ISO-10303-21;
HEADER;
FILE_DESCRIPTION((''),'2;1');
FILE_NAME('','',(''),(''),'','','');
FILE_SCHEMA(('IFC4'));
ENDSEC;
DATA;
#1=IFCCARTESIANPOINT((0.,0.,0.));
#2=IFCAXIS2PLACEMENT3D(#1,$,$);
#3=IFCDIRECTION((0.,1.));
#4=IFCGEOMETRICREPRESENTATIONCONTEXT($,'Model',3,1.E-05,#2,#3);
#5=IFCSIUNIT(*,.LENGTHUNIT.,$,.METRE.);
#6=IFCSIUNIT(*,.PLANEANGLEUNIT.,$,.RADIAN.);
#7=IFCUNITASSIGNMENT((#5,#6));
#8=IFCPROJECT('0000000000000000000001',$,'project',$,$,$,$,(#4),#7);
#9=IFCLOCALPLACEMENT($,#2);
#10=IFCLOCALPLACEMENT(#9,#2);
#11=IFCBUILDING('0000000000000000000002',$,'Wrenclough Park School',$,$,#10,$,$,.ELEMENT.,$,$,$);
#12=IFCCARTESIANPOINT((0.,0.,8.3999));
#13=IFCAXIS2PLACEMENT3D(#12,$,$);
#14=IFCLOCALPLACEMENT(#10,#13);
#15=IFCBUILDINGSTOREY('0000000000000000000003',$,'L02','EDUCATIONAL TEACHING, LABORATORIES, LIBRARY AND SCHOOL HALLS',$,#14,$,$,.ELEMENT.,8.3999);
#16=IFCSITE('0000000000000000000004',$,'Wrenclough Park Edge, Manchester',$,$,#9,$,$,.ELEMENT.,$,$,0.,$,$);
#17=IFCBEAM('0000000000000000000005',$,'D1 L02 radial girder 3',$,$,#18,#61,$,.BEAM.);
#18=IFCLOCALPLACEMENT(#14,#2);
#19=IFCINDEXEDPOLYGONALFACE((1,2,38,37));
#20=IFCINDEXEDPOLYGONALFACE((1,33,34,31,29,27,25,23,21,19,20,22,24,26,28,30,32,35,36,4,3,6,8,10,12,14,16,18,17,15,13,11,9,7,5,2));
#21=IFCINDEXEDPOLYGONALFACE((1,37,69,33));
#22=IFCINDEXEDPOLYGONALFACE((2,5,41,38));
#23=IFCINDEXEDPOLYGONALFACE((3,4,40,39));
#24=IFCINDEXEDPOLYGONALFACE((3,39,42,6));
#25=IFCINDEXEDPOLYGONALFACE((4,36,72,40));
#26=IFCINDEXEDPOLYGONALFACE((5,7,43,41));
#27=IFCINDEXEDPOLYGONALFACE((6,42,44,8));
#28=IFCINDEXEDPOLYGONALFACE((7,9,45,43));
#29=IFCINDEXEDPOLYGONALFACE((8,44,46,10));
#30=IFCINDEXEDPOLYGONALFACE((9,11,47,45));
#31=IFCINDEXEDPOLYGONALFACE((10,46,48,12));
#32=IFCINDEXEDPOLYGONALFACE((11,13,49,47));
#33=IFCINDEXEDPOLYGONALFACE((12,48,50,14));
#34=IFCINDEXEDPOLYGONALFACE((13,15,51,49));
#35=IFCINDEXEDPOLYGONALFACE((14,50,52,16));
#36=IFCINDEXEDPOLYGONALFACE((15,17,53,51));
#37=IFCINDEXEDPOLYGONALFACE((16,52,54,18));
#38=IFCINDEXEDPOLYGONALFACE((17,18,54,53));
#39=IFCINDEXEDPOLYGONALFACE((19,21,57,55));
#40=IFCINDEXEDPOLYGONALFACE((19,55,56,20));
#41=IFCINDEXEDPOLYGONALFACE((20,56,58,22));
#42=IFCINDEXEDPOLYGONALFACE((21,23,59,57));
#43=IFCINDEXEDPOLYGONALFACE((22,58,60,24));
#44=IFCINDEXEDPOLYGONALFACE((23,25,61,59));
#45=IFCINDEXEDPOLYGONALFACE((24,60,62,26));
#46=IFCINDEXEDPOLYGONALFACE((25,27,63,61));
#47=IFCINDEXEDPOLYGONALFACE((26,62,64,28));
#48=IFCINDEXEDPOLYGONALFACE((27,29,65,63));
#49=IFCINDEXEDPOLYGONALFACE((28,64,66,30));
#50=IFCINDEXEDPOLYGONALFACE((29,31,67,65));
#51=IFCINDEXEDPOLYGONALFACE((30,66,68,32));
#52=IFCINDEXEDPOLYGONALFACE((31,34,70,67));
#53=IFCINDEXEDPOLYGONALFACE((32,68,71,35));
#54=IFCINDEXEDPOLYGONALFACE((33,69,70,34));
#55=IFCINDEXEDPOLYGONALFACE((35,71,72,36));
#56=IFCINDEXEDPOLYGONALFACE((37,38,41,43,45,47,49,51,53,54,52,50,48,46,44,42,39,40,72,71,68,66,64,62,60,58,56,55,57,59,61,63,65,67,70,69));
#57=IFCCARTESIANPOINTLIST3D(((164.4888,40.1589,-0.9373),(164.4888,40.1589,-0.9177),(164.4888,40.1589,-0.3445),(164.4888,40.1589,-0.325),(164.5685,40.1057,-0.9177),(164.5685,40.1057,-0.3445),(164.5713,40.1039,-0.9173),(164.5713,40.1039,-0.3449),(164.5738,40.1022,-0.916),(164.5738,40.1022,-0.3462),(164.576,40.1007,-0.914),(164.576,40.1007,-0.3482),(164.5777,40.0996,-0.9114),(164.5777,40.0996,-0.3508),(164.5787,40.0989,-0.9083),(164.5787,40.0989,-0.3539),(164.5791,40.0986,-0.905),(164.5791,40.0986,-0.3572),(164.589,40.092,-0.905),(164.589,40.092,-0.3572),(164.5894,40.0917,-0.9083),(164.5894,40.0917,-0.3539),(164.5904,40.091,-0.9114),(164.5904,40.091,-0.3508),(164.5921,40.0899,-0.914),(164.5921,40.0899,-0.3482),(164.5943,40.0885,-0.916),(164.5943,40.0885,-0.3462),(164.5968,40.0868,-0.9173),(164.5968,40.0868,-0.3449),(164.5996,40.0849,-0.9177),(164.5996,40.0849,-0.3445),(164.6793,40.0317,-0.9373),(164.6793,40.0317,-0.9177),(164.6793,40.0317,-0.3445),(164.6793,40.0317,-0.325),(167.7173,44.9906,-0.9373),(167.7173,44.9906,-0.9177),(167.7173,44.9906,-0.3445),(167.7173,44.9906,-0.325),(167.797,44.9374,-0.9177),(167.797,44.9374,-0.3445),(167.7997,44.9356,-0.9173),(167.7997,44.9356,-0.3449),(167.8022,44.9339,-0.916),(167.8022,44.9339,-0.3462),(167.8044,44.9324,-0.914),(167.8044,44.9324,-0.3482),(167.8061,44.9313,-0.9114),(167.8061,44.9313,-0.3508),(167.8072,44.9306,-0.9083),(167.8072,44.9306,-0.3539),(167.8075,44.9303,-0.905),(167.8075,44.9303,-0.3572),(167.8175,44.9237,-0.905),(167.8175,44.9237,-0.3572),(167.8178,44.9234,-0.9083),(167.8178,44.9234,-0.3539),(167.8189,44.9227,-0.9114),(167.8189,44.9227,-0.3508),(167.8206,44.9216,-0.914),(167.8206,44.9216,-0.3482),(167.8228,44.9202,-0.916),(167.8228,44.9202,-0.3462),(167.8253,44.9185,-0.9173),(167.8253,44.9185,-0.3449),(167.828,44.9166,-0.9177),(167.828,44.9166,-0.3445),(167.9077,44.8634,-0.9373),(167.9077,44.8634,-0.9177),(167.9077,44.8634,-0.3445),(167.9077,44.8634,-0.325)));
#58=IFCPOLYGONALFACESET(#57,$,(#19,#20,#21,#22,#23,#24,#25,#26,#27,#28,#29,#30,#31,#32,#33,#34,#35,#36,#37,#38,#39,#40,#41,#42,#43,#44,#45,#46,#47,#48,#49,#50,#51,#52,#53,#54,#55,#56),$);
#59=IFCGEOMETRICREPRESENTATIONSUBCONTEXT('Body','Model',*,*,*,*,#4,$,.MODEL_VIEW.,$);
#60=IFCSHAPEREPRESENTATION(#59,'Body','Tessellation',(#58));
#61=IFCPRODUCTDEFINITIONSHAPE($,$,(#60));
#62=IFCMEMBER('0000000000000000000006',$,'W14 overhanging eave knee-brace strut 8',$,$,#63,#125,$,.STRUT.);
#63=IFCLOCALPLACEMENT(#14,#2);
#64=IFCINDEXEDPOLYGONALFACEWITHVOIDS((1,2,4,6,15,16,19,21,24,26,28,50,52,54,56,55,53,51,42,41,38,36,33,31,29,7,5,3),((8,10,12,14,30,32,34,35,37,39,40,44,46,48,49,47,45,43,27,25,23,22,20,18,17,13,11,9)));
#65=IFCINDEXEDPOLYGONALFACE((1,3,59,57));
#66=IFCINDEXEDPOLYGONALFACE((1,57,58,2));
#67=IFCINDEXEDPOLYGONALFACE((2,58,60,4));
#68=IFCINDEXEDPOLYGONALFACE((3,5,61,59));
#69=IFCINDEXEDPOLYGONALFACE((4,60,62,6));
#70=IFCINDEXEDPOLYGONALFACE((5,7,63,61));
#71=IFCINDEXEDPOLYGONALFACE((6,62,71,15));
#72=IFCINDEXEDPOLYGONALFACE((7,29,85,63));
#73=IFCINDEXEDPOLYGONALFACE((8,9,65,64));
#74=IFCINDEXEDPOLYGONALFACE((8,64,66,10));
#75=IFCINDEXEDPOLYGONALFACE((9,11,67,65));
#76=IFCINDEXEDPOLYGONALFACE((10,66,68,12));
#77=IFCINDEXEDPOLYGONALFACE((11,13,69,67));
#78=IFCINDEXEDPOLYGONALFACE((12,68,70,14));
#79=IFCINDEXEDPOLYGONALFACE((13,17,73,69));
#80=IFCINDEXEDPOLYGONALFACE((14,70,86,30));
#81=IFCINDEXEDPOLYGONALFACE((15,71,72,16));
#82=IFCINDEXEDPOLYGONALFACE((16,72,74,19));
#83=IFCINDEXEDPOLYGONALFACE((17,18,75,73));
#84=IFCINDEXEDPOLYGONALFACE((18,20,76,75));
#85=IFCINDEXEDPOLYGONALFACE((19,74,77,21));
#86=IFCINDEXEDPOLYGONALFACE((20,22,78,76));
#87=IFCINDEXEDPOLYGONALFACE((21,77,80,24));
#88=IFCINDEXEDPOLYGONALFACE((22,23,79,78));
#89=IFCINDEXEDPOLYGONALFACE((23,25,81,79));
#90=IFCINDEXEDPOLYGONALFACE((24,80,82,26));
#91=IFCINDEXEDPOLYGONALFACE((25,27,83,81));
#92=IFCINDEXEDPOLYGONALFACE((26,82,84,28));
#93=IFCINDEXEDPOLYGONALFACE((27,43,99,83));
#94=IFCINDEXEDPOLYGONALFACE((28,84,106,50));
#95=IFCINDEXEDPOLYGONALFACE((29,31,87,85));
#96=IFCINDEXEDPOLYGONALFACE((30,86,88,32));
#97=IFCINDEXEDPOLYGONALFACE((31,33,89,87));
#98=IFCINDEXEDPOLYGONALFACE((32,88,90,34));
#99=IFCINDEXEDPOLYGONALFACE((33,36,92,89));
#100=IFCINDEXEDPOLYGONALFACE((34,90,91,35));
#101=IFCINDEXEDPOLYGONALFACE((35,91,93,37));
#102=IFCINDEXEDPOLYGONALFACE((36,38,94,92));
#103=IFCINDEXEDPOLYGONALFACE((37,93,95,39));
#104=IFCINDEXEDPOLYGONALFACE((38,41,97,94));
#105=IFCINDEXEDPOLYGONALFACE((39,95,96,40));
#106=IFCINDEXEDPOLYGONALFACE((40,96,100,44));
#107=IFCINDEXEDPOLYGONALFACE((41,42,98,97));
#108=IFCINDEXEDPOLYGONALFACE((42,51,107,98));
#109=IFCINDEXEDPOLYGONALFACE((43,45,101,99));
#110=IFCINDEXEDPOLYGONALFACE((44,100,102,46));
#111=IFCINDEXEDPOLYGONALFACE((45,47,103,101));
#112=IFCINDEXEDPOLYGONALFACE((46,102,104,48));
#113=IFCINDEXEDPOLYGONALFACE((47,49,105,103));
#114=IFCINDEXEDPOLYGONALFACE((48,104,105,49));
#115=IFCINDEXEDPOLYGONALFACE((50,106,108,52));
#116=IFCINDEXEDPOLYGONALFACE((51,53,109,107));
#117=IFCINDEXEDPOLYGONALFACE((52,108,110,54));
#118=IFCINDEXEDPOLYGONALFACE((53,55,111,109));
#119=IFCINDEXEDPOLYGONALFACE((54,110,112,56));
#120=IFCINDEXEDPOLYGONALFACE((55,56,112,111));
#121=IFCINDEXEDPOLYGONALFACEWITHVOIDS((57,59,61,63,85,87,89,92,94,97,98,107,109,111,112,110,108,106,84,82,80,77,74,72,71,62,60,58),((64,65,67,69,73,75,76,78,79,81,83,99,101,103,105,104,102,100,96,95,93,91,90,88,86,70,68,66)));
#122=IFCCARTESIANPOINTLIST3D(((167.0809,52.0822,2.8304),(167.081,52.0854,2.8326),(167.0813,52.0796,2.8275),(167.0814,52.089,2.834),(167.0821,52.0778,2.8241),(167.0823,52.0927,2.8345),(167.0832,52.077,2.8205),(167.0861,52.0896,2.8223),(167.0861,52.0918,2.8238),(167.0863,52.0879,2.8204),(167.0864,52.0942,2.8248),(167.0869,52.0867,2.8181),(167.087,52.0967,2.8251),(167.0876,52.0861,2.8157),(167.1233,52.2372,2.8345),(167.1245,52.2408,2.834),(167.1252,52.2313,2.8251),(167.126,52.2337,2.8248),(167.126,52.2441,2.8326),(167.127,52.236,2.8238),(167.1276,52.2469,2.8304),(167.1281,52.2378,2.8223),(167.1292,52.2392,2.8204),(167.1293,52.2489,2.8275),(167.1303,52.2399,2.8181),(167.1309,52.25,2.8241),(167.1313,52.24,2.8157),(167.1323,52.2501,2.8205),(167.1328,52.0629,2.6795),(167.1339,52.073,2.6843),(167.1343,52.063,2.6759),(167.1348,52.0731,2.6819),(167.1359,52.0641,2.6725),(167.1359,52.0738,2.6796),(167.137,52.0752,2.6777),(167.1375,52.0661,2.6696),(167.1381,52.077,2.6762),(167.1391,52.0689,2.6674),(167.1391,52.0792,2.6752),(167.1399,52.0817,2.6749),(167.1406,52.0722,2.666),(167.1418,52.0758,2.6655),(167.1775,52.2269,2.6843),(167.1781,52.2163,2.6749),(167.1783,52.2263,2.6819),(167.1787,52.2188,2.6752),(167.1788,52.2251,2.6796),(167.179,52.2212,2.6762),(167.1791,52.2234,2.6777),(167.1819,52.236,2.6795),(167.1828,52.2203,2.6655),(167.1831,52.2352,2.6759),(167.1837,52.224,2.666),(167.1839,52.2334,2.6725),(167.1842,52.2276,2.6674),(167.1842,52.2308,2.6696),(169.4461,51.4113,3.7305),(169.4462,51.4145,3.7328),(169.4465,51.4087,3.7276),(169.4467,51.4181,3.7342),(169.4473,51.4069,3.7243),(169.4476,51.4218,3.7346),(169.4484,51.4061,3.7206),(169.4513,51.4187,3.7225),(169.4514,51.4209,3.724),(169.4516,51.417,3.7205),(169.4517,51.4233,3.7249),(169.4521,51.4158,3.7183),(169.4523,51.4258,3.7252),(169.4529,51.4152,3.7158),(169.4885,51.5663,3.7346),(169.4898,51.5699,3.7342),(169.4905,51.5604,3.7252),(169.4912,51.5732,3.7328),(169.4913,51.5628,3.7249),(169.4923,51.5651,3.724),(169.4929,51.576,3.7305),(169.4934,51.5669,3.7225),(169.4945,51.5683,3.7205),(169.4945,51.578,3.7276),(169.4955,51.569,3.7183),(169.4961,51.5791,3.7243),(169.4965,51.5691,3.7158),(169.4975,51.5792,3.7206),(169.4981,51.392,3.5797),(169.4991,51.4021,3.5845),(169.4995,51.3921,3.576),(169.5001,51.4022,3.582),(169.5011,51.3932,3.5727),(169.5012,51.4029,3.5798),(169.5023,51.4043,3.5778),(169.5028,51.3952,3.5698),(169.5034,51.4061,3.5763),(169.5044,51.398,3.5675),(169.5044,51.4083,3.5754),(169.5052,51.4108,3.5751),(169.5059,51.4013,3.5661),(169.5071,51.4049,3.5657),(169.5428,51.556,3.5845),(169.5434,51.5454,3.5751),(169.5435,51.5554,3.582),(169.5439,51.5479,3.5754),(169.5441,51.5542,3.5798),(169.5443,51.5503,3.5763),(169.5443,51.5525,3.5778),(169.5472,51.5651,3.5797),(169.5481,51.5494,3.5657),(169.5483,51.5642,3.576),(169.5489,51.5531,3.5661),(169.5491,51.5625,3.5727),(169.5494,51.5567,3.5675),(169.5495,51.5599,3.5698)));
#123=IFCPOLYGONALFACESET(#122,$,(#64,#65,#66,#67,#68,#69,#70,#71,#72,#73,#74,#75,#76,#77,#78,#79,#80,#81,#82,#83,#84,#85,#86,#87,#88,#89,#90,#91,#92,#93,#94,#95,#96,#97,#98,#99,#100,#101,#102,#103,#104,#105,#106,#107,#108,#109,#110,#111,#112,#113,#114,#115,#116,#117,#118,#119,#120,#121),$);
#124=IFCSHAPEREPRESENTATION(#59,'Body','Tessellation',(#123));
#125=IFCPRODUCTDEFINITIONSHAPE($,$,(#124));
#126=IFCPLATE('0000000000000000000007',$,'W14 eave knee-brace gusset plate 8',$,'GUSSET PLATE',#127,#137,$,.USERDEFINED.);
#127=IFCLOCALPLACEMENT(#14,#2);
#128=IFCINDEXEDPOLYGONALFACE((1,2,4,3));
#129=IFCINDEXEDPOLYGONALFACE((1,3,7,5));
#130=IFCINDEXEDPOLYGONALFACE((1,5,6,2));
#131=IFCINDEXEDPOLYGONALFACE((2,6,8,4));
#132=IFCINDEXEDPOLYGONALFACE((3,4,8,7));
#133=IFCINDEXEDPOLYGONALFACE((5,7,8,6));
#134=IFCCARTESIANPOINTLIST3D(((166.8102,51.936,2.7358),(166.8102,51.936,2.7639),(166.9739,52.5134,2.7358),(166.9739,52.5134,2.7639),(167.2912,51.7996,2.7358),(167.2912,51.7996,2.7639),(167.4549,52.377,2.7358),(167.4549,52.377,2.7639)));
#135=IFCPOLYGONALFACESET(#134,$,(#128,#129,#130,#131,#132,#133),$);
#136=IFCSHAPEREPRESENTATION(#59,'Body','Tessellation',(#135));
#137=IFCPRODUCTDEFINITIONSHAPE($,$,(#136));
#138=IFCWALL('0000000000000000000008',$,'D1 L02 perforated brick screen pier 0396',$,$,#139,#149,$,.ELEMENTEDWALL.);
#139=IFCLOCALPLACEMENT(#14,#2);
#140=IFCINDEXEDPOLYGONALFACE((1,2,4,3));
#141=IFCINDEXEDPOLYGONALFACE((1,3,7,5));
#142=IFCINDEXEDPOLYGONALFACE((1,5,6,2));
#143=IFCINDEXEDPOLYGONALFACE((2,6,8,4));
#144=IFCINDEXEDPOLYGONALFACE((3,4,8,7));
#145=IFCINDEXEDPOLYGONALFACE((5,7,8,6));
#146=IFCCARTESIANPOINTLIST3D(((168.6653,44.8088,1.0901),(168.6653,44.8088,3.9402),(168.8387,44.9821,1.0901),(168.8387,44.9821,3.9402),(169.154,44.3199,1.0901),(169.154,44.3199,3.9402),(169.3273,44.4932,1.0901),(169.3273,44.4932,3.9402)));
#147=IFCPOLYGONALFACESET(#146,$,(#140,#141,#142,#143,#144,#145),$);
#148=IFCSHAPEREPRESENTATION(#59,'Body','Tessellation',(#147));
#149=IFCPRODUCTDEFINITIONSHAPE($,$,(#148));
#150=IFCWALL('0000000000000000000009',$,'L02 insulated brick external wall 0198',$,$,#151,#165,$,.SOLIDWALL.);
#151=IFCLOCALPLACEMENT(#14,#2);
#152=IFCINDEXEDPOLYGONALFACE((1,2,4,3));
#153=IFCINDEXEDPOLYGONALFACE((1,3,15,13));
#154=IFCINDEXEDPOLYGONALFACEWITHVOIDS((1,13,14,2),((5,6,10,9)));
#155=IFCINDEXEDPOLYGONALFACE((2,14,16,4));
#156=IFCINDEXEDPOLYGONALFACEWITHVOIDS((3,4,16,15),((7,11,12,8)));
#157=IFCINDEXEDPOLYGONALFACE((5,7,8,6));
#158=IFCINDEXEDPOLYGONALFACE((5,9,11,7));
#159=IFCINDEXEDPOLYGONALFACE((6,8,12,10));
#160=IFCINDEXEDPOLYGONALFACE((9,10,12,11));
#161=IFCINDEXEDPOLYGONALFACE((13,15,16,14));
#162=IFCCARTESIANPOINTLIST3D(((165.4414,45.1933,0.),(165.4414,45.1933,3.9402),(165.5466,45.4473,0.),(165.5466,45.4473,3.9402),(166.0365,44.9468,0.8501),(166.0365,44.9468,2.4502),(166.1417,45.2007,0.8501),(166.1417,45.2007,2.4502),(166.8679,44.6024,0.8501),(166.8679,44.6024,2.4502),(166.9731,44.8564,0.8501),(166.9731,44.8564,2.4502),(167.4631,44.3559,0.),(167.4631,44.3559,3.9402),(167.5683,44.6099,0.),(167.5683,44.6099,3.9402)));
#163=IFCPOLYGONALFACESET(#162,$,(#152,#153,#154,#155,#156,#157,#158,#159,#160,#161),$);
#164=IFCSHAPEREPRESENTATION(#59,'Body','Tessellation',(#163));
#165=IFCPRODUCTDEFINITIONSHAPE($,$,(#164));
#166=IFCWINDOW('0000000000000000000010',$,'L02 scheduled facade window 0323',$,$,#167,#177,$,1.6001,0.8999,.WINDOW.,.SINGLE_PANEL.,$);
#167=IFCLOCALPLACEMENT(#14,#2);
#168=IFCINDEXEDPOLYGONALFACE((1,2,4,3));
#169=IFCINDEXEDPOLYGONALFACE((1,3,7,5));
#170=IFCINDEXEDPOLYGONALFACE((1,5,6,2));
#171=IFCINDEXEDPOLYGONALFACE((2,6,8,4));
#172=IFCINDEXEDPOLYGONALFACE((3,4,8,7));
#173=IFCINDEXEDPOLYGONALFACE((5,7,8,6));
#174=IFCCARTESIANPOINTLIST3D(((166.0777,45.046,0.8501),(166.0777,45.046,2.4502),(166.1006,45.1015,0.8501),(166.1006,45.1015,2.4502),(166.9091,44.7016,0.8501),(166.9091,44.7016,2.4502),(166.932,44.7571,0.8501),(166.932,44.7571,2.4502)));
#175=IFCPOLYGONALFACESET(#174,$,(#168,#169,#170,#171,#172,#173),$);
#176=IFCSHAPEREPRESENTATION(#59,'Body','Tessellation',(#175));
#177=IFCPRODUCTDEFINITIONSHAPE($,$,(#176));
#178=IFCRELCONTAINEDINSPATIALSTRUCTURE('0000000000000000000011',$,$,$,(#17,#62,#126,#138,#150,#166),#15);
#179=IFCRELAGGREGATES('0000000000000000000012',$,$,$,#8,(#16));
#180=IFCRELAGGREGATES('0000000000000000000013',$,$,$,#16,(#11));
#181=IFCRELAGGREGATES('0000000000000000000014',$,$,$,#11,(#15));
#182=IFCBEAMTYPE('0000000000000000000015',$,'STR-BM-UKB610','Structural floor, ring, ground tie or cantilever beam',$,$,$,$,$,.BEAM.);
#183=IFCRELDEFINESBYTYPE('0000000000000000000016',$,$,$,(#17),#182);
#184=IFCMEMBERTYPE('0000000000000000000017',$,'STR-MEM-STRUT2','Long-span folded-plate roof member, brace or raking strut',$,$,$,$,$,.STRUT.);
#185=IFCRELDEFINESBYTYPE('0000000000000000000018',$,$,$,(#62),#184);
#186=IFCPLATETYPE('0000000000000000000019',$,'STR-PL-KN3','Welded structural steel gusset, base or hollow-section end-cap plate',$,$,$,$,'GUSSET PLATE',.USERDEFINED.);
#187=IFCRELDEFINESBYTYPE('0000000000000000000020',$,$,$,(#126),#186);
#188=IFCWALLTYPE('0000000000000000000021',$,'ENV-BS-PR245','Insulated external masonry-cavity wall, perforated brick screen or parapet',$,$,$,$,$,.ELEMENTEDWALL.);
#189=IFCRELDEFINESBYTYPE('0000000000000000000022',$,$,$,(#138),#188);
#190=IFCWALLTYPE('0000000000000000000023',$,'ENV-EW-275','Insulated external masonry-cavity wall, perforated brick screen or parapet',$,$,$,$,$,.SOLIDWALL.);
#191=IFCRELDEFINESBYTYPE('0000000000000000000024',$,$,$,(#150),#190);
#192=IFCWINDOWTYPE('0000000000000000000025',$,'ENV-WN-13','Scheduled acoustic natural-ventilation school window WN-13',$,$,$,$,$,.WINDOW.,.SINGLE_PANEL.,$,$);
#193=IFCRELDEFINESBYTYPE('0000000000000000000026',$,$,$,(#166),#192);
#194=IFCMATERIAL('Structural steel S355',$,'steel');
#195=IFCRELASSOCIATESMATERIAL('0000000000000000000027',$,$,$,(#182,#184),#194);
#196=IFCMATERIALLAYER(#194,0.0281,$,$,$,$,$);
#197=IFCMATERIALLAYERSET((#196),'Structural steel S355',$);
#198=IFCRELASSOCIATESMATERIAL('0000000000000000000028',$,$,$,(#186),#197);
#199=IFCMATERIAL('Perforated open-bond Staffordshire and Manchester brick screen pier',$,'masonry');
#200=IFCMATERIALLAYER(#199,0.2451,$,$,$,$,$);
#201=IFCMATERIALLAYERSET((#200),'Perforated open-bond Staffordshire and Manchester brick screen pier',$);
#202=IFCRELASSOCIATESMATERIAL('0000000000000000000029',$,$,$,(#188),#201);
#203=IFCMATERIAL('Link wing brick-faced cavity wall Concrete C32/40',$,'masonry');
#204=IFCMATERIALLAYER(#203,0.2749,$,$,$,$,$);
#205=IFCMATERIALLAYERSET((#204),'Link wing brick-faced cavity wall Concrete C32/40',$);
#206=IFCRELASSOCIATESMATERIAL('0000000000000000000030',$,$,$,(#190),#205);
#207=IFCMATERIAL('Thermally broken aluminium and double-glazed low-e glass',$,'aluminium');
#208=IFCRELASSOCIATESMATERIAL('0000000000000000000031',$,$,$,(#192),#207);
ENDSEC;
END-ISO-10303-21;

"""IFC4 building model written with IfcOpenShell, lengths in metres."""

from ifc_helpers import new_model, si_unit, direction, frame, frame_2d, origin, origin_2d, place, context, subcontext, project, spatial, rectangle, hollow_rectangle, i_section, extrude, material, layer, layer_set, material_profile, profile_set, type_object, element, fill, save


model = new_model("IFC4")

# Units and contexts
model_context = context("Model", 3, precision=1e-05, world=origin(), true_north=direction((0.0, 1.0)))
body_context = subcontext(model_context, "Body", "Model", "MODEL_VIEW")
ifc_project = project(units=[si_unit("LENGTHUNIT", "METRE"), si_unit("PLANEANGLEUNIT", "RADIAN")], contexts=[model_context])

# Site, building, storey
site_placement = place(None, origin())
site = spatial("IfcSite", under=ifc_project, at=site_placement, Name="Wrenclough Park Edge, Manchester", CompositionType="ELEMENT", RefElevation=0.0)
building_placement = place(site_placement, origin())
building = spatial("IfcBuilding", under=site, at=building_placement, Name="Wrenclough Park School", CompositionType="ELEMENT")
storey_placement = place(building_placement, frame((0.0, 0.0, 8.3999)))
storey = spatial("IfcBuildingStorey", under=building, at=storey_placement, Name="L02", Description="EDUCATIONAL TEACHING, LABORATORIES, LIBRARY AND SCHOOL HALLS", CompositionType="ELEMENT", Elevation=8.3999)

# Shared definitions
ifc_material_1 = material(Name="Structural steel S355", Category="steel")

# Beam
ifc_material_profile_1 = material_profile(ifc_material_1, i_section(OverallWidth=0.229, OverallDepth=0.6123, WebThickness=0.012, FlangeThickness=0.0195, FilletRadius=0.0127, at=origin_2d()), Name="UKB 610x229x125")
ifc_profile_set_1 = profile_set([ifc_material_profile_1], Name="Structural steel S355")
beam_type_1 = type_object("IfcBeamType", Name="STR-BM-UKB610", Description="Structural floor, ring, ground tie or cantilever beam", PredefinedType="BEAM", material=ifc_profile_set_1)
beam_1_placement = place(storey_placement, frame((167.8125, 44.927, -0.6311), z_axis=(-0.555572, -0.831468, 0.0), x_axis=(0.831468, -0.555572, 0.0)))
element("IfcBeam", 1, at=beam_1_placement, inside=storey, type_object=beam_type_1, Name="D1 L02 radial girder 3", PredefinedType="BEAM", context=body_context, shape_type="SweptSolid", body=[
    extrude(i_section(OverallWidth=0.229, OverallDepth=0.6123, WebThickness=0.012, FlangeThickness=0.0195, FilletRadius=0.0127, at=origin_2d()), origin(), (0.0, 0.0, 1.0), 5.811),
])

# Member
ifc_material_profile_2 = material_profile(ifc_material_1, hollow_rectangle(XDim=0.1799, YDim=0.1799, WallThickness=0.01, InnerFilletRadius=0.01, OuterFilletRadius=0.0149, at=origin_2d()), Name="SHS 180x180x10.0")
ifc_profile_set_2 = profile_set([ifc_material_profile_2], Name="Structural steel S355")
member_type = type_object("IfcMemberType", Name="STR-MEM-STRUT2", Description="Long-span folded-plate roof member, brace or raking strut", PredefinedType="STRUT", material=ifc_profile_set_2)
member_placement = place(storey_placement, frame((167.1326, 52.1565, 2.75), z_axis=(0.9034, -0.256249, 0.34381), x_axis=(0.272884, 0.962047, 0.0)))
element("IfcMember", 2, at=member_placement, inside=storey, type_object=member_type, Name="W14 overhanging eave knee-brace strut 8", PredefinedType="STRUT", context=body_context, shape_type="SweptSolid", body=[
    extrude(hollow_rectangle(XDim=0.1799, YDim=0.1799, WallThickness=0.01, InnerFilletRadius=0.01, OuterFilletRadius=0.0149, at=origin_2d()), origin(), (0.0, 0.0, 1.0), 2.6182),
])

# Plate
ifc_layer_1 = layer(ifc_material_1, 0.0281)
ifc_layer_set_1 = layer_set([ifc_layer_1], Name="Structural steel S355")
plate_type = type_object("IfcPlateType", Name="STR-PL-KN3", Description="Welded structural steel gusset, base or hollow-section end-cap plate", ElementType="GUSSET PLATE", PredefinedType="USERDEFINED", material=ifc_layer_set_1)
plate_placement = place(storey_placement, frame((167.1326, 52.1565, 2.7358), z_axis=(0.0, 0.0, 1.0), x_axis=(0.272824, 0.962064, 0.0)))
element("IfcPlate", 3, at=plate_placement, inside=storey, type_object=plate_type, Name="W14 eave knee-brace gusset plate 8", ObjectType="GUSSET PLATE", PredefinedType="USERDEFINED", context=body_context, shape_type="SweptSolid", body=[
    extrude(rectangle(XDim=0.6001, YDim=0.5, at=origin_2d()), origin(), (0.0, 0.0, 1.0), 0.0281),
])

# Wall
ifc_material_2 = material(Name="Perforated open-bond Staffordshire and Manchester brick screen pier", Category="masonry")
ifc_layer_2 = layer(ifc_material_2, 0.2451)
ifc_layer_set_2 = layer_set([ifc_layer_2], Name="Perforated open-bond Staffordshire and Manchester brick screen pier")
wall_type_1 = type_object("IfcWallType", Name="ENV-BS-PR245", Description="Insulated external masonry-cavity wall, perforated brick screen or parapet", PredefinedType="ELEMENTEDWALL", material=ifc_layer_set_2)
wall_1_placement = place(storey_placement, frame((169.2407, 44.4065, 1.0901), z_axis=(0.0, 0.0, 1.0), x_axis=(-0.70693, 0.707283, 0.0)))
element("IfcWall", 4, at=wall_1_placement, inside=storey, type_object=wall_type_1, Name="D1 L02 perforated brick screen pier 0396", PredefinedType="ELEMENTEDWALL", context=body_context, shape_type="SweptSolid", body=[
    extrude(rectangle(XDim=0.6912, YDim=0.2451, at=frame_2d((0.3457, 0.0))), origin(), (0.0, 0.0, 1.0), 2.8501),
])

# Wall, opening, window
ifc_material_3 = material(Name="Link wing brick-faced cavity wall Concrete C32/40", Category="masonry")
ifc_layer_3 = layer(ifc_material_3, 0.2749)
ifc_layer_set_3 = layer_set([ifc_layer_3], Name="Link wing brick-faced cavity wall Concrete C32/40")
wall_type_2 = type_object("IfcWallType", Name="ENV-EW-275", Description="Insulated external masonry-cavity wall, perforated brick screen or parapet", PredefinedType="SOLIDWALL", material=ifc_layer_set_3)
wall_2_placement = place(storey_placement, frame((165.4939, 45.3203, 0.0), z_axis=(0.0, 0.0, 1.0), x_axis=(0.923884, -0.382674, 0.0)))
wall_2 = element("IfcWall", 5, at=wall_2_placement, inside=storey, type_object=wall_type_2, Name="L02 insulated brick external wall 0198", PredefinedType="SOLIDWALL", context=body_context, shape_type="SweptSolid", body=[
    extrude(rectangle(XDim=2.1882, YDim=0.2749, at=frame_2d((1.0942, 0.0))), origin(), (0.0, 0.0, 1.0), 3.9402),
])
opening_1_placement = place(wall_2_placement, frame((0.6443, 0.0, 0.8501)))
opening_1 = element("IfcOpeningElement", 6, at=opening_1_placement, cuts=wall_2, PredefinedType="OPENING", context=body_context, shape_type="SweptSolid", body=[
    extrude(rectangle(XDim=0.8999, YDim=1.6001, at=frame_2d((0.45, 0.8))), frame((0.0, 0.1475, 0.0), z_axis=(0.0, -1.0, 0.0), x_axis=(1.0, 0.0, 0.0)), (0.0, 0.0, 1.0), 0.2949),
])
ifc_material_4 = material(Name="Thermally broken aluminium and double-glazed low-e glass", Category="aluminium")
window_type_1 = type_object("IfcWindowType", Name="ENV-WN-13", Description="Scheduled acoustic natural-ventilation school window WN-13", PartitioningType="SINGLE_PANEL", PredefinedType="WINDOW", material=ifc_material_4)
window_1_placement = place(opening_1_placement, origin())
window_1 = element("IfcWindow", 7, at=window_1_placement, inside=storey, type_object=window_type_1, Name="L02 scheduled facade window 0323", OverallHeight=1.6001, OverallWidth=0.8999, PartitioningType="SINGLE_PANEL", PredefinedType="WINDOW", context=body_context, shape_type="SweptSolid", body=[
    extrude(rectangle(XDim=0.8999, YDim=1.6001, at=frame_2d((0.45, 0.8))), frame((0.0, 0.03, 0.0), z_axis=(0.0, -1.0, 0.0), x_axis=(1.0, 0.0, 0.0)), (0.0, 0.0, 1.0), 0.0601),
])
fill(opening_1, window_1)

save(model, "model.ifc")
